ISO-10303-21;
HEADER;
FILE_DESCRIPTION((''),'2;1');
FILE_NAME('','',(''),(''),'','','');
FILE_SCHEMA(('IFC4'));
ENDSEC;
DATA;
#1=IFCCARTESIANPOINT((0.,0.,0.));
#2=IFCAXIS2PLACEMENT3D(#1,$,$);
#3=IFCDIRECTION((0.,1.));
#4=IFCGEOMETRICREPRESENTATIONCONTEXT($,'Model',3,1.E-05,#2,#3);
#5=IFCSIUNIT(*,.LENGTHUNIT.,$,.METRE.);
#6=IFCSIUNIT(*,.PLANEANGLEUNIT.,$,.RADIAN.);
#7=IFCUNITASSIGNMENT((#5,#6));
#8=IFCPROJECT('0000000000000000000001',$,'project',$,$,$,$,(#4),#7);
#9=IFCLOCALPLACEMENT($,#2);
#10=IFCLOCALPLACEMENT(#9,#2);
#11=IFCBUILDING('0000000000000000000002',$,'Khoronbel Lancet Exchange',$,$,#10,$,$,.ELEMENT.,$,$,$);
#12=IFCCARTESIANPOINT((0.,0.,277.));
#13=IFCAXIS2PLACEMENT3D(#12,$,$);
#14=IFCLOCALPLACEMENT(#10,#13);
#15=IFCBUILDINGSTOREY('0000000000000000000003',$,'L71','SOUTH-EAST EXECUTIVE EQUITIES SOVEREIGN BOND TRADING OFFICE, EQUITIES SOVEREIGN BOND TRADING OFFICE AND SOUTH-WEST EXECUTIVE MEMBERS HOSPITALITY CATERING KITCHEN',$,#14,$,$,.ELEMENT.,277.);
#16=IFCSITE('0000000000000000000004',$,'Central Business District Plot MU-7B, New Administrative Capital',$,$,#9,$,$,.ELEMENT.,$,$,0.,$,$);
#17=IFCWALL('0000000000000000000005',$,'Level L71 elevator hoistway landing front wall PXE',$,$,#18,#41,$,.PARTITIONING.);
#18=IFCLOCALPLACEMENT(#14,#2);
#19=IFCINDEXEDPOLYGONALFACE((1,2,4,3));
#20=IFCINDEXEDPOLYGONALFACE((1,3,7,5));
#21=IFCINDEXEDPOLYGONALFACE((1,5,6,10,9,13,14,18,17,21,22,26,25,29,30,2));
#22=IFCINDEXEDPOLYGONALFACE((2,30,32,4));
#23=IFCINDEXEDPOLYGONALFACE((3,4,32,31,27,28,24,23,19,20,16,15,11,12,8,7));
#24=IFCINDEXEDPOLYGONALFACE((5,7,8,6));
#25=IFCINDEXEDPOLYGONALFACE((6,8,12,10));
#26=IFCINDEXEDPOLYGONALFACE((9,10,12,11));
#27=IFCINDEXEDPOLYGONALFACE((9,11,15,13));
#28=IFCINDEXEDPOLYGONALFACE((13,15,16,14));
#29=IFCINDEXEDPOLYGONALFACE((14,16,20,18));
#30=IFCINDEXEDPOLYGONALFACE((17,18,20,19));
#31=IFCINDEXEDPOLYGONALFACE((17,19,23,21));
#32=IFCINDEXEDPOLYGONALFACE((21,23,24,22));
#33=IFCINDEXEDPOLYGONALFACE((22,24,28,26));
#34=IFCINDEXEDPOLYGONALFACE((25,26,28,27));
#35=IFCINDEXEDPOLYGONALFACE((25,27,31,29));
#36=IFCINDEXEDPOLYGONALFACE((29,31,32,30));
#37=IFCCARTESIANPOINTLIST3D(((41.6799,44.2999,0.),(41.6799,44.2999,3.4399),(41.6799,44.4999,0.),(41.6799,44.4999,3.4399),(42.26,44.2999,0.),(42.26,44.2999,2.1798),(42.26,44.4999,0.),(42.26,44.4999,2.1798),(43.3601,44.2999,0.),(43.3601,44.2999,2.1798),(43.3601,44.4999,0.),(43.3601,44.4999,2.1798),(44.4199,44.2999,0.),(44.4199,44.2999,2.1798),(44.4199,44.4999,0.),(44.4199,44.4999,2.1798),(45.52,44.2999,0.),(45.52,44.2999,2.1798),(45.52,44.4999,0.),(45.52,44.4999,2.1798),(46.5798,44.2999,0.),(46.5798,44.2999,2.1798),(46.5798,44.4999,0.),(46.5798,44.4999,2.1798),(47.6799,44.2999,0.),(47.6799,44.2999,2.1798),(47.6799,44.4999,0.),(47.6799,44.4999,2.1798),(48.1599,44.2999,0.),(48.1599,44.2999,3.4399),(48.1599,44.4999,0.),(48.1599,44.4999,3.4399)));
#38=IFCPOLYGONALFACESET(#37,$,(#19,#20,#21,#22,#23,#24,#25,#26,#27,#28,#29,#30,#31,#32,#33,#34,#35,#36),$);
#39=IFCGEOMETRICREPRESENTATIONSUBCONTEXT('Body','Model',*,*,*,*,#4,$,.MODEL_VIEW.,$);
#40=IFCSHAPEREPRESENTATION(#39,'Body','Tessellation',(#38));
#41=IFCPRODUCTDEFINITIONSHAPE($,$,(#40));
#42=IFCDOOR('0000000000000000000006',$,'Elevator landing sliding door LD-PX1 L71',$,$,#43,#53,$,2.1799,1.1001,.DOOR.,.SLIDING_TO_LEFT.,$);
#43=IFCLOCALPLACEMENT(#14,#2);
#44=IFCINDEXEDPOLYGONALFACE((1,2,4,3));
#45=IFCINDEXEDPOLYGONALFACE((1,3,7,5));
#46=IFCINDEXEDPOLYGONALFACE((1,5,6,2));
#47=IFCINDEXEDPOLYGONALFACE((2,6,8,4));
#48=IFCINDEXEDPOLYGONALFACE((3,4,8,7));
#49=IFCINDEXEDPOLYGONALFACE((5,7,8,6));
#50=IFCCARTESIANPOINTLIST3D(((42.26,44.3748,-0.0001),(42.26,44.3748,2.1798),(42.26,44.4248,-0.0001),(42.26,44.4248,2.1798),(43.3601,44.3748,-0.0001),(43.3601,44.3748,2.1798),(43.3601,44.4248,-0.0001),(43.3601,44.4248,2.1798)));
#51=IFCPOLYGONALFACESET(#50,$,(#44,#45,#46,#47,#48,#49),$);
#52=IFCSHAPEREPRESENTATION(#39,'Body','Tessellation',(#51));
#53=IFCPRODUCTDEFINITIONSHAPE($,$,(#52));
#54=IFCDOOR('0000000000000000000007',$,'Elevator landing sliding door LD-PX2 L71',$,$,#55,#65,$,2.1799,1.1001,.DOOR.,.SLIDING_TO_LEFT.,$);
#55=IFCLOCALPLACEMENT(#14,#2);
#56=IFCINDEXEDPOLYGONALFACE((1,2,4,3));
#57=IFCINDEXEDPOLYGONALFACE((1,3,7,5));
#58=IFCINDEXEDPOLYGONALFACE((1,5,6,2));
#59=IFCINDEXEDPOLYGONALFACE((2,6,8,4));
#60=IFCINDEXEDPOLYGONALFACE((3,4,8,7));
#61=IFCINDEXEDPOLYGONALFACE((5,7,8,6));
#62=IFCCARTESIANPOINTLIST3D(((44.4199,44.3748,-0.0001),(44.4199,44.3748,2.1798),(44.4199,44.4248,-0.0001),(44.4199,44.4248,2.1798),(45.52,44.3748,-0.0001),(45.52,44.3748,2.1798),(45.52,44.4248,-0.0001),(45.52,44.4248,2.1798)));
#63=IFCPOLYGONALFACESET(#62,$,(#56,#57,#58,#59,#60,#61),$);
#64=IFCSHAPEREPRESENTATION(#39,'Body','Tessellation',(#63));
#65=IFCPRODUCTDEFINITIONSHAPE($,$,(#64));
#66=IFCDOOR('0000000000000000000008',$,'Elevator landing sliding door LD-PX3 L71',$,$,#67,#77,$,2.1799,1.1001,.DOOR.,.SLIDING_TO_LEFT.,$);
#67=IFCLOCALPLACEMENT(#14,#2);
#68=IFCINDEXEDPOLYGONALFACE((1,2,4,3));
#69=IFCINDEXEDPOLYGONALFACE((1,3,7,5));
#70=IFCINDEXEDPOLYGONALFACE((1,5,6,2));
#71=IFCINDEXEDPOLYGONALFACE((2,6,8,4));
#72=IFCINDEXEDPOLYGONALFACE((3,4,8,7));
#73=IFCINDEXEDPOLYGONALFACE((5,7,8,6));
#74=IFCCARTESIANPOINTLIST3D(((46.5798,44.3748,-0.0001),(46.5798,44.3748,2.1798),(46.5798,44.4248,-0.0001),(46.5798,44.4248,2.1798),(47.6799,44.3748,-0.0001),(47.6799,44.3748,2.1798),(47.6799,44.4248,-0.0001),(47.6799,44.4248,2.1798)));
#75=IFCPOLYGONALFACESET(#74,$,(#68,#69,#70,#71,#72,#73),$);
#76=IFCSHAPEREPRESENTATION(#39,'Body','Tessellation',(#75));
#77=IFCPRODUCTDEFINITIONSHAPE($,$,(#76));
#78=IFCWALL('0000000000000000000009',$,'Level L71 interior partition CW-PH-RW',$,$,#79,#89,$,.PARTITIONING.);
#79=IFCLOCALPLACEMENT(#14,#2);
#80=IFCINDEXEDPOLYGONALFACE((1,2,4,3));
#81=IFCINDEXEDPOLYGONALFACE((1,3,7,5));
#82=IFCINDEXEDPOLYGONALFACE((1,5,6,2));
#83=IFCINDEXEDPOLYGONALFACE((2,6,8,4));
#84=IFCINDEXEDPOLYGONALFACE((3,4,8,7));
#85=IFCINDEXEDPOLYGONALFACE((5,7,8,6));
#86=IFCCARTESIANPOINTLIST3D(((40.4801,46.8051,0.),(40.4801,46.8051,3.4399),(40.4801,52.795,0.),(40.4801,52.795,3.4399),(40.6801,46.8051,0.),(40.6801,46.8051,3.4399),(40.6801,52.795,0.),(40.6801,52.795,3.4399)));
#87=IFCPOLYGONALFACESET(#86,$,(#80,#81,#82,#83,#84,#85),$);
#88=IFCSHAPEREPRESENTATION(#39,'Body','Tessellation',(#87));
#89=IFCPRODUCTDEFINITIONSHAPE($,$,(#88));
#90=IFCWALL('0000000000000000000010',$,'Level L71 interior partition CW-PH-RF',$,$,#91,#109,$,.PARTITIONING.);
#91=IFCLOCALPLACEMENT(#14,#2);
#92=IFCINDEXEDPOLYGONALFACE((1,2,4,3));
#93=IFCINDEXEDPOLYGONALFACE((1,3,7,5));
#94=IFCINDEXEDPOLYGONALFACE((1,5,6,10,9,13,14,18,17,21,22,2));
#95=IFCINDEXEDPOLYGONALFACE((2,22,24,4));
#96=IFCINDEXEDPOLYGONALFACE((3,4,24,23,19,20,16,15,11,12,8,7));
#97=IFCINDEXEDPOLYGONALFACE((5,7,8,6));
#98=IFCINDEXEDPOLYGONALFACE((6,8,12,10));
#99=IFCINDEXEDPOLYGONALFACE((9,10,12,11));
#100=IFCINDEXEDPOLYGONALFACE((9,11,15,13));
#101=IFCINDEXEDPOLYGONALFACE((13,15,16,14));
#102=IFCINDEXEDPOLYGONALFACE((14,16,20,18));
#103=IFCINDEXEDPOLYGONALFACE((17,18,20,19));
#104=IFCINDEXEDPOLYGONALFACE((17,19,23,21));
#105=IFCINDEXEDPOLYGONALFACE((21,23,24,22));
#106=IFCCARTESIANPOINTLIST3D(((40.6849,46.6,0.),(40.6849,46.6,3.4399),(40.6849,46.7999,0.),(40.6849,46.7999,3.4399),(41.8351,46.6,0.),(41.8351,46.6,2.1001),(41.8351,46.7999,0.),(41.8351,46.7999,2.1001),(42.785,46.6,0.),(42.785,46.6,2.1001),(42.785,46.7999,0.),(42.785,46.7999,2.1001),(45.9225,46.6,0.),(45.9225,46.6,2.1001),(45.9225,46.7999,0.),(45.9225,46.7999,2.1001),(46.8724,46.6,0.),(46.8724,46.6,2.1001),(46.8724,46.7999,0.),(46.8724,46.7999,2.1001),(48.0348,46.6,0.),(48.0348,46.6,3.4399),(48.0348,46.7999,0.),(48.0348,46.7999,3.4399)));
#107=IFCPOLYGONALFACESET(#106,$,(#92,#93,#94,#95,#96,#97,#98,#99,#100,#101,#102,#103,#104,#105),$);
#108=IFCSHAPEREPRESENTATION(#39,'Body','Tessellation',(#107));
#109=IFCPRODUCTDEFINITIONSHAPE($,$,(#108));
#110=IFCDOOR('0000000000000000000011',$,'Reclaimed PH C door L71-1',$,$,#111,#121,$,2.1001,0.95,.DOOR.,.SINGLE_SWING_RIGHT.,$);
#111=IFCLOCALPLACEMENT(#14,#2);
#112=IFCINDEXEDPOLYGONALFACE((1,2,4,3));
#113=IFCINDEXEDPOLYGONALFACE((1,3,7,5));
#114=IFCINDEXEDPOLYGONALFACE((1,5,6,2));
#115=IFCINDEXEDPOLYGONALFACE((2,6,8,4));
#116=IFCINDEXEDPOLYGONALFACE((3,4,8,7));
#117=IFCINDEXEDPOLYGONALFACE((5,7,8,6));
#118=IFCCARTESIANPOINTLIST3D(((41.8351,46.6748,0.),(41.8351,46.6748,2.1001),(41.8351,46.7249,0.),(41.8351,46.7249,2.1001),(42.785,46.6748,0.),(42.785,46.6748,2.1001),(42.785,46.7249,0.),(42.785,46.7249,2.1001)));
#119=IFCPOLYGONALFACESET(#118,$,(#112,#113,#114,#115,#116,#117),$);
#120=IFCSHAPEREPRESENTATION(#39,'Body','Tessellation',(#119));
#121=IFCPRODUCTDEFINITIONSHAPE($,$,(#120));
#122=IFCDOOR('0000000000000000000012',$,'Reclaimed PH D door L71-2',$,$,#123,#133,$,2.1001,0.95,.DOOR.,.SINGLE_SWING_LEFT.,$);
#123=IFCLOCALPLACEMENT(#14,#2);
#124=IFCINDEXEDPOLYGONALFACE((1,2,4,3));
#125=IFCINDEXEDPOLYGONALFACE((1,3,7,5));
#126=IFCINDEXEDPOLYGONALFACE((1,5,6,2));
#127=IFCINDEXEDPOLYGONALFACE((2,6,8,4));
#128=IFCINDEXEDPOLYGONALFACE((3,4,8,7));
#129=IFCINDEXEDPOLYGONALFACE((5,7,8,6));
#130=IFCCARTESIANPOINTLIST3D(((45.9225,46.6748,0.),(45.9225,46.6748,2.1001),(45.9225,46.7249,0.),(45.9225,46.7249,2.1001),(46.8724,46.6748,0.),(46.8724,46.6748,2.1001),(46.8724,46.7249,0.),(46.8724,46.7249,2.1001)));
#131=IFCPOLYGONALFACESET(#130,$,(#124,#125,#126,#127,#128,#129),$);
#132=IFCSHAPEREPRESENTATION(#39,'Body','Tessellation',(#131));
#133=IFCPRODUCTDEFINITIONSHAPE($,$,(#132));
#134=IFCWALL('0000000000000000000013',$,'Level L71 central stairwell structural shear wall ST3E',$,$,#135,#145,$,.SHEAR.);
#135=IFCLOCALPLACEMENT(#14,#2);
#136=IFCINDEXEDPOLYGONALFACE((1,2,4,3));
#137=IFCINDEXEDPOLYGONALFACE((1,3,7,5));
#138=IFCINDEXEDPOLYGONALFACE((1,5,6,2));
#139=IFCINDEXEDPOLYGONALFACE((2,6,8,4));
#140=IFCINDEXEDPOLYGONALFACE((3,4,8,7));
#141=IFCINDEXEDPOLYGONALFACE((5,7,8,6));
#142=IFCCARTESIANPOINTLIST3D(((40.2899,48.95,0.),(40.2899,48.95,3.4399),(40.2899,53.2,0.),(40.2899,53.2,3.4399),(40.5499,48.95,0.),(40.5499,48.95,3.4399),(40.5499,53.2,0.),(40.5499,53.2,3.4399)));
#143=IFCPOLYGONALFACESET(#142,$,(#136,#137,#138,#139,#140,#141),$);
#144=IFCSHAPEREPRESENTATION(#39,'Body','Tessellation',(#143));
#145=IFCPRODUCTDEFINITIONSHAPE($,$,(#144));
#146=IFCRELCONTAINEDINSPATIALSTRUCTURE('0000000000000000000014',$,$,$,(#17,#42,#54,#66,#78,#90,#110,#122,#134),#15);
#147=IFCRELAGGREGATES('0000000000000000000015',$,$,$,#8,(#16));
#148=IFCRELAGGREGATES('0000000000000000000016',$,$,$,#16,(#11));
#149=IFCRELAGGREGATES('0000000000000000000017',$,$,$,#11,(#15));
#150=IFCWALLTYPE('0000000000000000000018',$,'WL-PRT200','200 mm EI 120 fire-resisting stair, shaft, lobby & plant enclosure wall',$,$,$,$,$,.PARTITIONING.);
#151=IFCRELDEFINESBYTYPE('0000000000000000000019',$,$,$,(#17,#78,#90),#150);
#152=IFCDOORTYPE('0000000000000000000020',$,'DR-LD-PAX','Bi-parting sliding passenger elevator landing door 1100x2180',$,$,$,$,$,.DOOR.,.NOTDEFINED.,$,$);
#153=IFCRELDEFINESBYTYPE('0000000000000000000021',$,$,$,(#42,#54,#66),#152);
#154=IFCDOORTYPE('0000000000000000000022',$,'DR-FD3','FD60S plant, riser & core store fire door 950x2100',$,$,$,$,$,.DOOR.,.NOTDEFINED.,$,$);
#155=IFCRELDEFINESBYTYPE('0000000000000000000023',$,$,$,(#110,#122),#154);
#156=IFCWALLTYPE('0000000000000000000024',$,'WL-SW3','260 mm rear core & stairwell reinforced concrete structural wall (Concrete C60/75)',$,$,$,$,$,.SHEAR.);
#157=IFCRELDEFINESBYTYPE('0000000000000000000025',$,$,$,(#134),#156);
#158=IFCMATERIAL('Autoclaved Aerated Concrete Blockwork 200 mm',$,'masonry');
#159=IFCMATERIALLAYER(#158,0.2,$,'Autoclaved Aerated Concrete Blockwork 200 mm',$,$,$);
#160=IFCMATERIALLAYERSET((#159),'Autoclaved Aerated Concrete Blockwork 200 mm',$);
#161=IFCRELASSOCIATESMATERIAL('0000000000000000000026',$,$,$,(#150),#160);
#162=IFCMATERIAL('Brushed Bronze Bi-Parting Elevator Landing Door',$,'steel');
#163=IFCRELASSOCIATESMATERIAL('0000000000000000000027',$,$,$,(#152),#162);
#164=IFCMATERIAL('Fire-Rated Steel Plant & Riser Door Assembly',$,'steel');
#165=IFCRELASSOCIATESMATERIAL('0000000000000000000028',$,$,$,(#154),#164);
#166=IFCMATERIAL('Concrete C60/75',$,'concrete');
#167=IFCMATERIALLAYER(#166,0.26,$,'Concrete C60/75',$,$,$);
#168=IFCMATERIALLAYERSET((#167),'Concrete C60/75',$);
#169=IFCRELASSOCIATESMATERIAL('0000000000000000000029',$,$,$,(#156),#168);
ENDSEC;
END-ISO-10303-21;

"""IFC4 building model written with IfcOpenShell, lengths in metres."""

from ifc_helpers import new_model, si_unit, direction, frame, frame_2d, origin, place, context, subcontext, project, spatial, rectangle, extrude, material, layer, layer_set, type_object, element, fill, save


model = new_model("IFC4")

# Units and contexts
model_context = context("Model", 3, precision=1e-05, world=origin(), true_north=direction((0.0, 1.0)))
body_context = subcontext(model_context, "Body", "Model", "MODEL_VIEW")
ifc_project = project(units=[si_unit("LENGTHUNIT", "METRE"), si_unit("PLANEANGLEUNIT", "RADIAN")], contexts=[model_context])

# Site, building, storey
site_placement = place(None, origin())
site = spatial("IfcSite", under=ifc_project, at=site_placement, Name="Central Business District Plot MU-7B, New Administrative Capital", CompositionType="ELEMENT", RefElevation=0.0)
building_placement = place(site_placement, origin())
building = spatial("IfcBuilding", under=site, at=building_placement, Name="Khoronbel Lancet Exchange", CompositionType="ELEMENT")
storey_placement = place(building_placement, frame((0.0, 0.0, 277.0)))
storey = spatial("IfcBuildingStorey", under=building, at=storey_placement, Name="L71", Description="SOUTH-EAST EXECUTIVE EQUITIES SOVEREIGN BOND TRADING OFFICE, EQUITIES SOVEREIGN BOND TRADING OFFICE AND SOUTH-WEST EXECUTIVE MEMBERS HOSPITALITY CATERING KITCHEN", CompositionType="ELEMENT", Elevation=277.0)

# Shared definitions
ifc_material_1 = material(Name="Concrete C60/75", Category="concrete")

# Wall, openings, doors
ifc_material_2 = material(Name="Autoclaved Aerated Concrete Blockwork 200 mm", Category="masonry")
ifc_layer_1 = layer(ifc_material_2, 0.2, Name="Autoclaved Aerated Concrete Blockwork 200 mm")
ifc_layer_set_1 = layer_set([ifc_layer_1], Name="Autoclaved Aerated Concrete Blockwork 200 mm")
wall_type_1 = type_object("IfcWallType", Name="WL-PRT200", Description="200 mm EI 120 fire-resisting stair, shaft, lobby & plant enclosure wall", PredefinedType="PARTITIONING", material=ifc_layer_set_1)
wall_1_placement = place(storey_placement, frame((41.6799, 44.3999, 0.0), z_axis=(0.0, 0.0, 1.0), x_axis=(1.0, 0.0, 0.0)))
wall_1 = element("IfcWall", 1, at=wall_1_placement, inside=storey, type_object=wall_type_1, Name="Level L71 elevator hoistway landing front wall PXE", PredefinedType="PARTITIONING", context=body_context, shape_type="SweptSolid", body=[
    extrude(rectangle(XDim=6.48, YDim=0.2, at=frame_2d((3.24, 0.0))), origin(), (0.0, 0.0, 1.0), 3.4399),
])
opening_1_placement = place(wall_1_placement, frame((0.5801, 0.0, 0.0)))
opening_1 = element("IfcOpeningElement", 2, at=opening_1_placement, cuts=wall_1, PredefinedType="OPENING", context=body_context, shape_type="SweptSolid", body=[
    extrude(rectangle(XDim=1.1001, YDim=2.1799, at=frame_2d((0.55, 1.0898))), frame((0.0, 0.1099, 0.0), z_axis=(0.0, -1.0, 0.0), x_axis=(1.0, 0.0, 0.0)), (0.0, 0.0, 1.0), 0.22),
])
opening_2_placement = place(wall_1_placement, frame((2.74, 0.0, 0.0)))
opening_2 = element("IfcOpeningElement", 3, at=opening_2_placement, cuts=wall_1, PredefinedType="OPENING", context=body_context, shape_type="SweptSolid", body=[
    extrude(rectangle(XDim=1.1001, YDim=2.1799, at=frame_2d((0.55, 1.0898))), frame((0.0, 0.1099, 0.0), z_axis=(0.0, -1.0, 0.0), x_axis=(1.0, 0.0, 0.0)), (0.0, 0.0, 1.0), 0.22),
])
opening_3_placement = place(wall_1_placement, frame((4.8999, 0.0, 0.0)))
opening_3 = element("IfcOpeningElement", 4, at=opening_3_placement, cuts=wall_1, PredefinedType="OPENING", context=body_context, shape_type="SweptSolid", body=[
    extrude(rectangle(XDim=1.1001, YDim=2.1799, at=frame_2d((0.55, 1.0898))), frame((0.0, 0.1099, 0.0), z_axis=(0.0, -1.0, 0.0), x_axis=(1.0, 0.0, 0.0)), (0.0, 0.0, 1.0), 0.22),
])
ifc_material_3 = material(Name="Brushed Bronze Bi-Parting Elevator Landing Door", Category="steel")
door_type_1 = type_object("IfcDoorType", Name="DR-LD-PAX", Description="Bi-parting sliding passenger elevator landing door 1100x2180", OperationType="NOTDEFINED", PredefinedType="DOOR", material=ifc_material_3)
door_1_placement = place(opening_1_placement, origin())
door_1 = element("IfcDoor", 5, at=door_1_placement, inside=storey, type_object=door_type_1, Name="Elevator landing sliding door LD-PX1 L71", OperationType="SLIDING_TO_LEFT", OverallHeight=2.1799, OverallWidth=1.1001, PredefinedType="DOOR", context=body_context, shape_type="SweptSolid", body=[
    extrude(rectangle(XDim=1.1001, YDim=2.1799, at=frame_2d((0.55, 1.0898))), frame((0.0, 0.0249, 0.0), z_axis=(0.0, -1.0, 0.0), x_axis=(1.0, 0.0, 0.0)), (0.0, 0.0, 1.0), 0.05),
])
fill(opening_1, door_1)
door_2_placement = place(opening_2_placement, origin())
door_2 = element("IfcDoor", 6, at=door_2_placement, inside=storey, type_object=door_type_1, Name="Elevator landing sliding door LD-PX2 L71", OperationType="SLIDING_TO_LEFT", OverallHeight=2.1799, OverallWidth=1.1001, PredefinedType="DOOR", context=body_context, shape_type="SweptSolid", body=[
    extrude(rectangle(XDim=1.1001, YDim=2.1799, at=frame_2d((0.55, 1.0898))), frame((0.0, 0.0249, 0.0), z_axis=(0.0, -1.0, 0.0), x_axis=(1.0, 0.0, 0.0)), (0.0, 0.0, 1.0), 0.05),
])
fill(opening_2, door_2)
door_3_placement = place(opening_3_placement, origin())
door_3 = element("IfcDoor", 7, at=door_3_placement, inside=storey, type_object=door_type_1, Name="Elevator landing sliding door LD-PX3 L71", OperationType="SLIDING_TO_LEFT", OverallHeight=2.1799, OverallWidth=1.1001, PredefinedType="DOOR", context=body_context, shape_type="SweptSolid", body=[
    extrude(rectangle(XDim=1.1001, YDim=2.1799, at=frame_2d((0.55, 1.0898))), frame((0.0, 0.0249, 0.0), z_axis=(0.0, -1.0, 0.0), x_axis=(1.0, 0.0, 0.0)), (0.0, 0.0, 1.0), 0.05),
])
fill(opening_3, door_3)

# Wall
wall_2_placement = place(storey_placement, frame((40.5801, 46.8049, 0.0), z_axis=(0.0, 0.0, 1.0), x_axis=(0.0, 1.0, 0.0)))
element("IfcWall", 8, at=wall_2_placement, inside=storey, type_object=wall_type_1, Name="Level L71 interior partition CW-PH-RW", PredefinedType="PARTITIONING", context=body_context, shape_type="SweptSolid", body=[
    extrude(rectangle(XDim=5.99, YDim=0.2, at=frame_2d((2.9951, 0.0))), origin(), (0.0, 0.0, 1.0), 3.4399),
])

# Wall, openings, doors
wall_3_placement = place(storey_placement, frame((40.6851, 46.7, 0.0), z_axis=(0.0, 0.0, 1.0), x_axis=(1.0, 0.0, 0.0)))
wall_3 = element("IfcWall", 9, at=wall_3_placement, inside=storey, type_object=wall_type_1, Name="Level L71 interior partition CW-PH-RF", PredefinedType="PARTITIONING", context=body_context, shape_type="SweptSolid", body=[
    extrude(rectangle(XDim=7.3499, YDim=0.2, at=frame_2d((3.6748, 0.0))), origin(), (0.0, 0.0, 1.0), 3.4399),
])
opening_4_placement = place(wall_3_placement, frame((1.1499, 0.0, 0.0)))
opening_4 = element("IfcOpeningElement", 10, at=opening_4_placement, cuts=wall_3, PredefinedType="OPENING", context=body_context, shape_type="SweptSolid", body=[
    extrude(rectangle(XDim=0.95, YDim=2.1001, at=frame_2d((0.4751, 1.05))), frame((0.0, 0.1099, 0.0), z_axis=(0.0, -1.0, 0.0), x_axis=(1.0, 0.0, 0.0)), (0.0, 0.0, 1.0), 0.22),
])
opening_5_placement = place(wall_3_placement, frame((5.2373, 0.0, 0.0)))
opening_5 = element("IfcOpeningElement", 11, at=opening_5_placement, cuts=wall_3, PredefinedType="OPENING", context=body_context, shape_type="SweptSolid", body=[
    extrude(rectangle(XDim=0.95, YDim=2.1001, at=frame_2d((0.4751, 1.05))), frame((0.0, 0.1099, 0.0), z_axis=(0.0, -1.0, 0.0), x_axis=(1.0, 0.0, 0.0)), (0.0, 0.0, 1.0), 0.22),
])
ifc_material_4 = material(Name="Fire-Rated Steel Plant & Riser Door Assembly", Category="steel")
door_type_2 = type_object("IfcDoorType", Name="DR-FD3", Description="FD60S plant, riser & core store fire door 950x2100", OperationType="NOTDEFINED", PredefinedType="DOOR", material=ifc_material_4)
door_4_placement = place(opening_4_placement, origin())
door_4 = element("IfcDoor", 12, at=door_4_placement, inside=storey, type_object=door_type_2, Name="Reclaimed PH C door L71-1", OperationType="SINGLE_SWING_RIGHT", OverallHeight=2.1001, OverallWidth=0.95, PredefinedType="DOOR", context=body_context, shape_type="SweptSolid", body=[
    extrude(rectangle(XDim=0.95, YDim=2.1001, at=frame_2d((0.4751, 1.05))), frame((0.0, 0.0249, 0.0), z_axis=(0.0, -1.0, 0.0), x_axis=(1.0, 0.0, 0.0)), (0.0, 0.0, 1.0), 0.05),
])
fill(opening_4, door_4)
door_5_placement = place(opening_5_placement, origin())
door_5 = element("IfcDoor", 13, at=door_5_placement, inside=storey, type_object=door_type_2, Name="Reclaimed PH D door L71-2", OperationType="SINGLE_SWING_LEFT", OverallHeight=2.1001, OverallWidth=0.95, PredefinedType="DOOR", context=body_context, shape_type="SweptSolid", body=[
    extrude(rectangle(XDim=0.95, YDim=2.1001, at=frame_2d((0.4751, 1.05))), frame((0.0, 0.0249, 0.0), z_axis=(0.0, -1.0, 0.0), x_axis=(1.0, 0.0, 0.0)), (0.0, 0.0, 1.0), 0.05),
])
fill(opening_5, door_5)

# Wall
ifc_layer_2 = layer(ifc_material_1, 0.26, Name="Concrete C60/75")
ifc_layer_set_2 = layer_set([ifc_layer_2], Name="Concrete C60/75")
wall_type_2 = type_object("IfcWallType", Name="WL-SW3", Description="260 mm rear core & stairwell reinforced concrete structural wall (Concrete C60/75)", PredefinedType="SHEAR", material=ifc_layer_set_2)
wall_4_placement = place(storey_placement, frame((40.4199, 48.95, 0.0), z_axis=(0.0, 0.0, 1.0), x_axis=(0.0, 1.0, 0.0)))
element("IfcWall", 14, at=wall_4_placement, inside=storey, type_object=wall_type_2, Name="Level L71 central stairwell structural shear wall ST3E", PredefinedType="SHEAR", context=body_context, shape_type="SweptSolid", body=[
    extrude(rectangle(XDim=4.25, YDim=0.26, at=frame_2d((2.125, 0.0))), origin(), (0.0, 0.0, 1.0), 3.4399),
])

save(model, "model.ifc")
